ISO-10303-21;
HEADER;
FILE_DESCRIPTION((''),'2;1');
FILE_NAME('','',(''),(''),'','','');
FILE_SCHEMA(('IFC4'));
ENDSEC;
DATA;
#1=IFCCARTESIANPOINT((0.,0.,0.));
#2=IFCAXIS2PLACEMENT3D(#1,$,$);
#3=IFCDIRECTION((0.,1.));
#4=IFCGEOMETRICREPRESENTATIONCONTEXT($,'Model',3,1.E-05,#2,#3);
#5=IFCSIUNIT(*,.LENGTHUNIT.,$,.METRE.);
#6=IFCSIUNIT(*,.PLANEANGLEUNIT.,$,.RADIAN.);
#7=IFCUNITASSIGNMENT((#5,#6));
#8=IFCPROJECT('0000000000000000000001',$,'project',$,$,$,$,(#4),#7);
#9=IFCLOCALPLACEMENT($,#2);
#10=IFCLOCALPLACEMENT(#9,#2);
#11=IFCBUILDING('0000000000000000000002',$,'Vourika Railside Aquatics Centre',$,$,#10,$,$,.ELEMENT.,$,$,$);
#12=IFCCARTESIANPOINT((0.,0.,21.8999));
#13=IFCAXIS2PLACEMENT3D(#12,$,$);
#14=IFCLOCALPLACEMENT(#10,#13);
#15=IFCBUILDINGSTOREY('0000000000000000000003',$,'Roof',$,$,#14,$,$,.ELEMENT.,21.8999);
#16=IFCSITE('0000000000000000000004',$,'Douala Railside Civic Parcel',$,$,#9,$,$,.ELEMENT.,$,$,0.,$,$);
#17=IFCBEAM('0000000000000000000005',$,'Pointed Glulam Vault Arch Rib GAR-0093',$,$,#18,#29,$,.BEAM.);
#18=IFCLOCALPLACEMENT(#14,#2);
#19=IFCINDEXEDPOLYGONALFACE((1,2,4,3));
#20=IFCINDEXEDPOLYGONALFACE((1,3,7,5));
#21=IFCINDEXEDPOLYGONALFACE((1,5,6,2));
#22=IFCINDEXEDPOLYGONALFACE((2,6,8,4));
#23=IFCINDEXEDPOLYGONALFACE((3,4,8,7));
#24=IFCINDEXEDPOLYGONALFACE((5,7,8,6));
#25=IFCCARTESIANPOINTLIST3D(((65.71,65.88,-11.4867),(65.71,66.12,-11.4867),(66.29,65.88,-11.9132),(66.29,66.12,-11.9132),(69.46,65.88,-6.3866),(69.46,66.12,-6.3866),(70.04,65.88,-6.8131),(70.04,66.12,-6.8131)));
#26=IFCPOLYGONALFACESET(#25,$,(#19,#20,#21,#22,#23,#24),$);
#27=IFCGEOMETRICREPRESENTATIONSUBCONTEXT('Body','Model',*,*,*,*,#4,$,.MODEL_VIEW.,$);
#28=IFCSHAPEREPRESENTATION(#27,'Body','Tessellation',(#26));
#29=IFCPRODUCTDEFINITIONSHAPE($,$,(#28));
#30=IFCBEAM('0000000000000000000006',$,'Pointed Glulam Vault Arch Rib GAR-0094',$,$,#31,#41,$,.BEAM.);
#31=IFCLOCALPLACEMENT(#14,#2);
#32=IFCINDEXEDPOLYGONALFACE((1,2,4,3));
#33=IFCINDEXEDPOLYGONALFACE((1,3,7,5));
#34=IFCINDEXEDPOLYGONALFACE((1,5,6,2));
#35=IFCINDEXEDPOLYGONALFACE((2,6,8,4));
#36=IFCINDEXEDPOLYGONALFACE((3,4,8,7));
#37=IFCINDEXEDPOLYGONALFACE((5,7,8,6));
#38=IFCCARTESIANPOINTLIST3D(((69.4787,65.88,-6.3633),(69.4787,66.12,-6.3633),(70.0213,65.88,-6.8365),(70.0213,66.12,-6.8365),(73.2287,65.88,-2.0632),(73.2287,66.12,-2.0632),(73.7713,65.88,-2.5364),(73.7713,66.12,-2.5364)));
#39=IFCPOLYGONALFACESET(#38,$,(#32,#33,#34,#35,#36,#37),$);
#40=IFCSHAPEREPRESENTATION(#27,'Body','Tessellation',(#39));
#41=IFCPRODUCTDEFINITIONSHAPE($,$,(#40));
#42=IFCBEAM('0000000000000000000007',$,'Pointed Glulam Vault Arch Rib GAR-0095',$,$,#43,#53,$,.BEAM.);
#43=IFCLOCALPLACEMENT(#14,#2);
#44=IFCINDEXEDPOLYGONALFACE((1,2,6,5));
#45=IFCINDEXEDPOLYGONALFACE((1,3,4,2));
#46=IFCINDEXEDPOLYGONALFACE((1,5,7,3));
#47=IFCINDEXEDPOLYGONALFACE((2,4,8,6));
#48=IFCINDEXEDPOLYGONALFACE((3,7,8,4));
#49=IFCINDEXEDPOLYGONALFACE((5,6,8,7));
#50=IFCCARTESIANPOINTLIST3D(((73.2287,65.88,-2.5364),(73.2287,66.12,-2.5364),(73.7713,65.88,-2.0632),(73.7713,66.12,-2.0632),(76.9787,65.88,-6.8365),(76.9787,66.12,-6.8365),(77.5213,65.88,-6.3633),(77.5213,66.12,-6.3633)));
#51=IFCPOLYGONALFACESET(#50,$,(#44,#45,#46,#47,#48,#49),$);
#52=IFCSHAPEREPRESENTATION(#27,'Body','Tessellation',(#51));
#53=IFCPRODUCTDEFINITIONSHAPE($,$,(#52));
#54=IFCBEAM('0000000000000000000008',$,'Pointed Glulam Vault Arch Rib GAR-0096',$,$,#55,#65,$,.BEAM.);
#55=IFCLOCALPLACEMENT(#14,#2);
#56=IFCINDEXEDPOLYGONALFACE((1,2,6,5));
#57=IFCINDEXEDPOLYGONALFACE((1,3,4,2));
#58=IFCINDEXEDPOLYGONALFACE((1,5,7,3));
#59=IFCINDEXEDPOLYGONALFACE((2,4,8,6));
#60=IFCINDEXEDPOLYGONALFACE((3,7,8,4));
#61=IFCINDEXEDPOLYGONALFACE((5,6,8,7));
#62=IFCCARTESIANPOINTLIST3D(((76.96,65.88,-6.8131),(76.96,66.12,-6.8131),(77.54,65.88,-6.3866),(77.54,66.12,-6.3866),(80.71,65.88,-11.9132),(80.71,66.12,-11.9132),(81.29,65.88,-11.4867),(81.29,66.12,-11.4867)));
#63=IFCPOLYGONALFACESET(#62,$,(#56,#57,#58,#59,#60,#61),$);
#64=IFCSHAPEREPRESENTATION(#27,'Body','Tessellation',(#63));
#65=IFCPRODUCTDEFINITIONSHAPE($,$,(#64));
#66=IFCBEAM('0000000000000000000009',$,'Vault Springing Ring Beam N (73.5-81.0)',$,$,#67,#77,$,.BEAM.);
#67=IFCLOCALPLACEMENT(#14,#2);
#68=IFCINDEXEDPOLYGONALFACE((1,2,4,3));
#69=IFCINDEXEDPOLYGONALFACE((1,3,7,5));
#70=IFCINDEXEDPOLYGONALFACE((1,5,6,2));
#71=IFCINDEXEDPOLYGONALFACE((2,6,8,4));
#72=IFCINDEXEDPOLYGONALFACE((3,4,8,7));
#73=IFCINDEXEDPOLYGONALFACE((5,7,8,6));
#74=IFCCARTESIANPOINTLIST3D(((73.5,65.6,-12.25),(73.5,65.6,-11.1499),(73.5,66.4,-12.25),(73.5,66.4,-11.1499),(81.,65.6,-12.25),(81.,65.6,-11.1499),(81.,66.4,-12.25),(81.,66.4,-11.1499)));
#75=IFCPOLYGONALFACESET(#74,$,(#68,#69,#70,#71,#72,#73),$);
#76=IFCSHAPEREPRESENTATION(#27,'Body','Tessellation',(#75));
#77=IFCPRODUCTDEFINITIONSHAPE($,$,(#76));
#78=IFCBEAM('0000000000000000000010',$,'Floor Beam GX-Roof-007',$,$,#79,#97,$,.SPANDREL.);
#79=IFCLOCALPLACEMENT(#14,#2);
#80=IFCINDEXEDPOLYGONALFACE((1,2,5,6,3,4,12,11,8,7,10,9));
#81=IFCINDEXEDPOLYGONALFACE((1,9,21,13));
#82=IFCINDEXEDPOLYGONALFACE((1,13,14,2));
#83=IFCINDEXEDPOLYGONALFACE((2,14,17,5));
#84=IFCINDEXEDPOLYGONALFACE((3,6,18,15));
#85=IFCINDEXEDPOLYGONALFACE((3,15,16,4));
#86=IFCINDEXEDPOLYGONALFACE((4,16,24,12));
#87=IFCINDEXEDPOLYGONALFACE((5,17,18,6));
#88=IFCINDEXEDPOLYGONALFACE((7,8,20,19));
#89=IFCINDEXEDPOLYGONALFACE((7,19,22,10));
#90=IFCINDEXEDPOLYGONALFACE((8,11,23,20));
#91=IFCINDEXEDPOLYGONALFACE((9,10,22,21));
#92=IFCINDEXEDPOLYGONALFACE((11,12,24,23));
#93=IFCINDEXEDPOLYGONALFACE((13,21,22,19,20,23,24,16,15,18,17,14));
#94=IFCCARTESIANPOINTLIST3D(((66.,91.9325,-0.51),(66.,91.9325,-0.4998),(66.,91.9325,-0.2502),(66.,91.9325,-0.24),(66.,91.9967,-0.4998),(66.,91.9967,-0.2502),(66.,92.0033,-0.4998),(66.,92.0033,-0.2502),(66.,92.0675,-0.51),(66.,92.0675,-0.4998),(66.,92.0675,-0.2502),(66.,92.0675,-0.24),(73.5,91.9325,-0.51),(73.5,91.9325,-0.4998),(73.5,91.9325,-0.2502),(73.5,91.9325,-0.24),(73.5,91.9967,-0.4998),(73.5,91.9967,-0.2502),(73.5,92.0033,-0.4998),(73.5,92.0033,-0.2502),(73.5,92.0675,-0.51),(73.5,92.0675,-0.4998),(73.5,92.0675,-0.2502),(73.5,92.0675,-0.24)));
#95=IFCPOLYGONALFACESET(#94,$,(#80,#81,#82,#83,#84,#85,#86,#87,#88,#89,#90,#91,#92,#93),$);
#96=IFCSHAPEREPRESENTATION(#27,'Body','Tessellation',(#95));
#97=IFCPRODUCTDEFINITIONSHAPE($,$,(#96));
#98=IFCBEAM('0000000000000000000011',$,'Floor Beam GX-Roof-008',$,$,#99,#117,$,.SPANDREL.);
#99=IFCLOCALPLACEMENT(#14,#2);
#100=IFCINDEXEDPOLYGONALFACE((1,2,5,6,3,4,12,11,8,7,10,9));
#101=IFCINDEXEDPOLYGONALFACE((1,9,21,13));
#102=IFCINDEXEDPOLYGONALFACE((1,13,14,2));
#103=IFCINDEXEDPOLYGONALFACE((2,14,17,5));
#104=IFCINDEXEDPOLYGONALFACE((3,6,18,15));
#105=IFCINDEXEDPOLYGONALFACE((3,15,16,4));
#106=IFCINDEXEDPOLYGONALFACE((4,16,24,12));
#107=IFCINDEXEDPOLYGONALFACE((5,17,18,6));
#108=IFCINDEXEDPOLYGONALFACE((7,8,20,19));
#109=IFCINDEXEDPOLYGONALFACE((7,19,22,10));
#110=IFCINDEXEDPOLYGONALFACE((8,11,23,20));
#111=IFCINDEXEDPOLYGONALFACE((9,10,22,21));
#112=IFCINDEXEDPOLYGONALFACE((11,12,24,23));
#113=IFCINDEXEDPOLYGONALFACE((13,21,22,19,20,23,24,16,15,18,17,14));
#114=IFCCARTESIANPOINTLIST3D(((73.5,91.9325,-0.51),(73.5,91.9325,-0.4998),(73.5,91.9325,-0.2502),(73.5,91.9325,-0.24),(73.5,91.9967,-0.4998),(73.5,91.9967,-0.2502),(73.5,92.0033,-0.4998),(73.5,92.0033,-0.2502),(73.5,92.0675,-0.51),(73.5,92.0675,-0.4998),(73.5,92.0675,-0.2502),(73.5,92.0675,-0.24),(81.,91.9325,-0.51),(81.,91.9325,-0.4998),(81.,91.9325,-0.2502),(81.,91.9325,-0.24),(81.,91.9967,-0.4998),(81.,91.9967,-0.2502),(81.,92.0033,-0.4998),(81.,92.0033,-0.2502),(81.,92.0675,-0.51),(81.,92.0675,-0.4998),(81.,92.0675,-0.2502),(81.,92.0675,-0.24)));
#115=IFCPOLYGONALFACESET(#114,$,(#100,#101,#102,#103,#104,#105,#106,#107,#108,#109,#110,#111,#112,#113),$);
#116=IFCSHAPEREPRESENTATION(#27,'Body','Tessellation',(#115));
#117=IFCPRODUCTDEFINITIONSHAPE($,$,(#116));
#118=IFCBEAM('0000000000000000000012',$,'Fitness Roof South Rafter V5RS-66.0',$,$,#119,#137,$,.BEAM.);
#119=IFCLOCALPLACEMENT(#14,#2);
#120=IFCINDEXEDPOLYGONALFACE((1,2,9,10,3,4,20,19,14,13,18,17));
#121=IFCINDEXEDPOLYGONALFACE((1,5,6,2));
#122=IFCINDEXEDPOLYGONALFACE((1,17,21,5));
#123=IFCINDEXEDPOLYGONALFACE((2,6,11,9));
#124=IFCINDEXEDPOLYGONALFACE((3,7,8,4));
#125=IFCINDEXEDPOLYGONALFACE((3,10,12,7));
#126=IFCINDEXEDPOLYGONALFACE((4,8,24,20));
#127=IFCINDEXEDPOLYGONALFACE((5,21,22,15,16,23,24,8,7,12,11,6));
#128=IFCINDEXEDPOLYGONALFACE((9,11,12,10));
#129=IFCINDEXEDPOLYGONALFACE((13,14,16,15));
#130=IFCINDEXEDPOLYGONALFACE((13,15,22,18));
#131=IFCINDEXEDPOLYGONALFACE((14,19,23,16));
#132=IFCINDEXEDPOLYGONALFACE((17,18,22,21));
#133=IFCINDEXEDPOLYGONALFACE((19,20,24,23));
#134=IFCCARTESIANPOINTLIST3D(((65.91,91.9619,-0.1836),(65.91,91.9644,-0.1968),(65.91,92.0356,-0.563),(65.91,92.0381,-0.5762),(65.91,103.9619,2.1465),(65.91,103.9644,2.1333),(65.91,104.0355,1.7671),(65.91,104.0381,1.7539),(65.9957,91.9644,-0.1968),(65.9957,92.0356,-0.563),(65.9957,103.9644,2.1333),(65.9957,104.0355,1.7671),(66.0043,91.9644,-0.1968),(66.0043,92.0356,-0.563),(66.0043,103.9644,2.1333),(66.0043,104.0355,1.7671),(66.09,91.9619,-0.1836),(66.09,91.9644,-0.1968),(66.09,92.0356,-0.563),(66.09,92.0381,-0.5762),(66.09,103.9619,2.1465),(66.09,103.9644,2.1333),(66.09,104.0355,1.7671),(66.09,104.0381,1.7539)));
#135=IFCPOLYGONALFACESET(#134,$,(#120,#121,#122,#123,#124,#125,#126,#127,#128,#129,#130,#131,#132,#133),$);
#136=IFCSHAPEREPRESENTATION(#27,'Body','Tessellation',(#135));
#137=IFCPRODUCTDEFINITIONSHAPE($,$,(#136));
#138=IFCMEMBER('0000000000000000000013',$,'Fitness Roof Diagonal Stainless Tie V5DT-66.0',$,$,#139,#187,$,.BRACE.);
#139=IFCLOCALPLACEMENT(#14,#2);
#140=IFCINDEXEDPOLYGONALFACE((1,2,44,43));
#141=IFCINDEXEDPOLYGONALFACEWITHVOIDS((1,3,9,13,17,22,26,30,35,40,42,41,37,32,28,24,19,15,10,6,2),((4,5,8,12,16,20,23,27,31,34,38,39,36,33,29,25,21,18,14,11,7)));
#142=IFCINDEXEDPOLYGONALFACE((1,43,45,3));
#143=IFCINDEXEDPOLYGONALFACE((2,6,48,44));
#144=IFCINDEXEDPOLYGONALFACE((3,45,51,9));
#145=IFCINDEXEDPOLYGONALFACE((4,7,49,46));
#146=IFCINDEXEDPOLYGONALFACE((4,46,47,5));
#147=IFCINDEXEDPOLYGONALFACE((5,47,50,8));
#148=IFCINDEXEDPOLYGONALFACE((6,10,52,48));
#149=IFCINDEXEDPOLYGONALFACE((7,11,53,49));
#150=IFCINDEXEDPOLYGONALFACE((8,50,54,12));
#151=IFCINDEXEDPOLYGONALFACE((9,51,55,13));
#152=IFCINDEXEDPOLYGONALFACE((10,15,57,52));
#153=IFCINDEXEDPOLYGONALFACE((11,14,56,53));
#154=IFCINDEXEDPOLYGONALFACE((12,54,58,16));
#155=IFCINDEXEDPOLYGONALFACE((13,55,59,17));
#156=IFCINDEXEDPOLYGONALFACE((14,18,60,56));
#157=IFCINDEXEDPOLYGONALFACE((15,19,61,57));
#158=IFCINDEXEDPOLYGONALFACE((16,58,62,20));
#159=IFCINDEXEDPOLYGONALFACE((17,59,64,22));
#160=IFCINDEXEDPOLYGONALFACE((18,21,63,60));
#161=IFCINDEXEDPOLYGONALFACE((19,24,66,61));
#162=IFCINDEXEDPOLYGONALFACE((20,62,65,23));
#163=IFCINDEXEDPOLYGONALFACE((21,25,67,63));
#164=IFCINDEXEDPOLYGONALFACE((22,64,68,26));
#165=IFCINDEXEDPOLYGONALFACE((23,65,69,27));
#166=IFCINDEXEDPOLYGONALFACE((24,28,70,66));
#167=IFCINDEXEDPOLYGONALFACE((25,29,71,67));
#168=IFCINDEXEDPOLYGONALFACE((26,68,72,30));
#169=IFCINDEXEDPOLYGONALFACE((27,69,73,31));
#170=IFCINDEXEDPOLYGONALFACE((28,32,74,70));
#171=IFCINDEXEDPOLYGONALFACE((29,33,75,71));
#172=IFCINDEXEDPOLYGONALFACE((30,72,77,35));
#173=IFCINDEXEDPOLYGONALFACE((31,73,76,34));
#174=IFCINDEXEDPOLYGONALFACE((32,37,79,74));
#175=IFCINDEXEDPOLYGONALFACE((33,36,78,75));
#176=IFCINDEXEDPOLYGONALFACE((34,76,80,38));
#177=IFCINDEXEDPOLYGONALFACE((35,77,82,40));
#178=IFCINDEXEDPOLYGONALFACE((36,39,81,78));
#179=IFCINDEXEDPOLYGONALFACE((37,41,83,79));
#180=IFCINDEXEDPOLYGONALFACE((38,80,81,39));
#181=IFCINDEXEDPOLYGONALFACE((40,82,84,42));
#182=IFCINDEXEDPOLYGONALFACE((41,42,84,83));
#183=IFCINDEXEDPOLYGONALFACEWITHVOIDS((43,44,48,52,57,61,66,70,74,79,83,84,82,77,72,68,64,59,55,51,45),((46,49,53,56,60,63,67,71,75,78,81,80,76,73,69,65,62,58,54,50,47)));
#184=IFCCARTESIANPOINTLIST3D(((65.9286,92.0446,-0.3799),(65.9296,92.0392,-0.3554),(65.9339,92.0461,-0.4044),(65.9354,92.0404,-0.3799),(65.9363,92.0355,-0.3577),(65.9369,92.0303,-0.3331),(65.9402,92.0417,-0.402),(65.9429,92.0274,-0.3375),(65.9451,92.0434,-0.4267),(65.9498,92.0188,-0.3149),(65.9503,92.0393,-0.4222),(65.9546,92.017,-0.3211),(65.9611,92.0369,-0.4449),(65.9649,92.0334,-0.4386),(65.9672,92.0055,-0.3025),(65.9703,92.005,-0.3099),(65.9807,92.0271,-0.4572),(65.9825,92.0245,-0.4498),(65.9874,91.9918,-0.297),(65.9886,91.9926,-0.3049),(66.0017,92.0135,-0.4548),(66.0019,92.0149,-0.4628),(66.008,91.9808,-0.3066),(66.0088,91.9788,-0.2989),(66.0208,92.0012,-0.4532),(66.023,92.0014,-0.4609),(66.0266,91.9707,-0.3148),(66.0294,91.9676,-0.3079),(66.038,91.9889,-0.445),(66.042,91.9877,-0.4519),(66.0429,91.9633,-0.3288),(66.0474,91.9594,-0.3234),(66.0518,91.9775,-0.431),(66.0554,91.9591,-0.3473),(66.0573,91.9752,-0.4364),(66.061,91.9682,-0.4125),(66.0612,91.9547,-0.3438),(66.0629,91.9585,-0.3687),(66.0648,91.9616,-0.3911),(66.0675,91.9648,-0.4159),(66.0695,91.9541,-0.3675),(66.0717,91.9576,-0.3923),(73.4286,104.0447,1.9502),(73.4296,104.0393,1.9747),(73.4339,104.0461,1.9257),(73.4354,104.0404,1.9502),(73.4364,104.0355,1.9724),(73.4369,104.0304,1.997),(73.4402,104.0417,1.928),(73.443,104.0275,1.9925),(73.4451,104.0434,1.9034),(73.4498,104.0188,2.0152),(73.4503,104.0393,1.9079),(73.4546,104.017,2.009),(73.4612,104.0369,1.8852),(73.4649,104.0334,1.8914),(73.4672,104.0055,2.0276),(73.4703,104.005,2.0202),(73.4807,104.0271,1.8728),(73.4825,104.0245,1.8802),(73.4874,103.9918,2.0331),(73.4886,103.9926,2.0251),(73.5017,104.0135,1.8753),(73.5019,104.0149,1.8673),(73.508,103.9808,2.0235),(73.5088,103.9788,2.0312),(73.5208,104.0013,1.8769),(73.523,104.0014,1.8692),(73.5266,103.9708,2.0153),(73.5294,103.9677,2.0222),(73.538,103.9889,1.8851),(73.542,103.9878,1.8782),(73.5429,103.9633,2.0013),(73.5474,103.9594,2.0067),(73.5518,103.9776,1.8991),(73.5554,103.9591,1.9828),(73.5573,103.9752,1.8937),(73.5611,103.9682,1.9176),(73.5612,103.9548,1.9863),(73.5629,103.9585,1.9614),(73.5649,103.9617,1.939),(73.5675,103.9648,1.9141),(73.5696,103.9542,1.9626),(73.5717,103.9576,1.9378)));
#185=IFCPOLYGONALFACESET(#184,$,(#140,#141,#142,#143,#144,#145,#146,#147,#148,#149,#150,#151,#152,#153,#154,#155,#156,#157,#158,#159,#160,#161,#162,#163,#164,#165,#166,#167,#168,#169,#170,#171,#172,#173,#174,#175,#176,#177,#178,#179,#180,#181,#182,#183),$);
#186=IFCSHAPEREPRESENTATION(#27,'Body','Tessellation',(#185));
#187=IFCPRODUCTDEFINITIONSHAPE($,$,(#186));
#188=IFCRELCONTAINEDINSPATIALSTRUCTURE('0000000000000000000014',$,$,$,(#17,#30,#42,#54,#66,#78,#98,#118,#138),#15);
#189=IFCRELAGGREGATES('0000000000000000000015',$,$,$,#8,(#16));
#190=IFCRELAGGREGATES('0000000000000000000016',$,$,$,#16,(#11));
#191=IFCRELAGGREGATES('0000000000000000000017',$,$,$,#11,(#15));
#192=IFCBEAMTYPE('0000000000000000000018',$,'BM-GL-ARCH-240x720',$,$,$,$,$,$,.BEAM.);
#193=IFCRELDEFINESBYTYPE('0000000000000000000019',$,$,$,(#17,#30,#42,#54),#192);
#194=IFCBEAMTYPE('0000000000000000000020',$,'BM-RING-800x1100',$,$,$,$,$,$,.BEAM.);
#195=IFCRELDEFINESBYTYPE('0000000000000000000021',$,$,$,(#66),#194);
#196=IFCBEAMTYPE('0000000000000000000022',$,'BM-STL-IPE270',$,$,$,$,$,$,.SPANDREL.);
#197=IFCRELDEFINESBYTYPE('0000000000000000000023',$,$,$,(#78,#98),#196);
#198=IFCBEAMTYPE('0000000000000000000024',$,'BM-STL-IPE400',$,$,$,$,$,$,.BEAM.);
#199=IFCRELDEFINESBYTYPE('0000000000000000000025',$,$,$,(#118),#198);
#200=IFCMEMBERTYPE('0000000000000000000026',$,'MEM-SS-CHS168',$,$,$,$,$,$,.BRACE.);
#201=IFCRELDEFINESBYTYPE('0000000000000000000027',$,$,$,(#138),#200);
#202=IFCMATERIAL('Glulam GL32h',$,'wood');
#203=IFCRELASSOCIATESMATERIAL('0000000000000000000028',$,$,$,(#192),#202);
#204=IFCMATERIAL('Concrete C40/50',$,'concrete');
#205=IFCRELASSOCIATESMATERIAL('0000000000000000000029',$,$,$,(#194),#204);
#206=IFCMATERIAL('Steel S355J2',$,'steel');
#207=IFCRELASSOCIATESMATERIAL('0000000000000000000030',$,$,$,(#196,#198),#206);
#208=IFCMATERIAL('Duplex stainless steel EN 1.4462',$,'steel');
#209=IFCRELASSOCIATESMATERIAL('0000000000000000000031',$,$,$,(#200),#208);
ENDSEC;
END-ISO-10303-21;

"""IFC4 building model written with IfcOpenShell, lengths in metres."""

from ifc_helpers import new_model, si_unit, direction, frame, origin, origin_2d, place, context, subcontext, project, spatial, rectangle, hollow_circle, i_section, extrude, material, material_profile, profile_set, type_object, element, save


model = new_model("IFC4")

# Units and contexts
model_context = context("Model", 3, precision=1e-05, world=origin(), true_north=direction((0.0, 1.0)))
body_context = subcontext(model_context, "Body", "Model", "MODEL_VIEW")
ifc_project = project(units=[si_unit("LENGTHUNIT", "METRE"), si_unit("PLANEANGLEUNIT", "RADIAN")], contexts=[model_context])

# Site, building, storey
site_placement = place(None, origin())
site = spatial("IfcSite", under=ifc_project, at=site_placement, Name="Douala Railside Civic Parcel", CompositionType="ELEMENT", RefElevation=0.0)
building_placement = place(site_placement, origin())
building = spatial("IfcBuilding", under=site, at=building_placement, Name="Vourika Railside Aquatics Centre", CompositionType="ELEMENT")
storey_placement = place(building_placement, frame((0.0, 0.0, 21.8999)))
storey = spatial("IfcBuildingStorey", under=building, at=storey_placement, Name="Roof", CompositionType="ELEMENT", Elevation=21.8999)

# Beams
ifc_material_1 = material(Name="Glulam GL32h", Category="wood")
ifc_material_profile_1 = material_profile(ifc_material_1, rectangle(XDim=0.24, YDim=0.72, at=origin_2d()), Name="GL32h 240x720")
ifc_profile_set_1 = profile_set([ifc_material_profile_1], Name="Glulam GL32h")
beam_type_1 = type_object("IfcBeamType", Name="BM-GL-ARCH-240x720", PredefinedType="BEAM", material=ifc_profile_set_1)
beam_1_placement = place(storey_placement, frame((66.0, 66.0, -11.7), z_axis=(0.592383, 0.0, 0.805656), x_axis=(0.0, 1.0, 0.0)))
element("IfcBeam", 1, at=beam_1_placement, inside=storey, type_object=beam_type_1, Name="Pointed Glulam Vault Arch Rib GAR-0093", PredefinedType="BEAM", context=body_context, shape_type="SweptSolid", body=[
    extrude(rectangle(XDim=0.24, YDim=0.72, at=origin_2d()), origin(), (0.0, 0.0, 1.0), 6.3303),
])
for number, where, z_axis, x_axis, name in (
    (2, (69.75, 66.0, -6.5999), (0.657259, 0.0, 0.753665), (0.0, 1.0, 0.0), "Pointed Glulam Vault Arch Rib GAR-0094"),
    (3, (73.5, 66.0, -2.2998), (0.657259, 0.0, -0.753665), (0.0, 1.0, 0.0), "Pointed Glulam Vault Arch Rib GAR-0095"),
):
    element("IfcBeam", number, at=place(storey_placement, frame(where, z_axis=z_axis, x_axis=x_axis)), inside=storey, type_object=beam_type_1, Name=name, PredefinedType="BEAM", context=body_context, shape_type="SweptSolid", body=[
        extrude(rectangle(XDim=0.24, YDim=0.72, at=origin_2d()), origin(), (0.0, 0.0, 1.0), 5.7056),
    ])
beam_2_placement = place(storey_placement, frame((77.25, 66.0, -6.5999), z_axis=(0.592383, 0.0, -0.805656), x_axis=(0.0, 1.0, 0.0)))
element("IfcBeam", 4, at=beam_2_placement, inside=storey, type_object=beam_type_1, Name="Pointed Glulam Vault Arch Rib GAR-0096", PredefinedType="BEAM", context=body_context, shape_type="SweptSolid", body=[
    extrude(rectangle(XDim=0.24, YDim=0.72, at=origin_2d()), origin(), (0.0, 0.0, 1.0), 6.3303),
])
ifc_material_2 = material(Name="Concrete C40/50", Category="concrete")
ifc_material_profile_2 = material_profile(ifc_material_2, rectangle(XDim=0.8, YDim=1.1001, at=origin_2d()), Name="RC 800x1100")
ifc_profile_set_2 = profile_set([ifc_material_profile_2], Name="Concrete C40/50")
beam_type_2 = type_object("IfcBeamType", Name="BM-RING-800x1100", PredefinedType="BEAM", material=ifc_profile_set_2)
beam_3_placement = place(storey_placement, frame((73.5, 66.0, -11.7), z_axis=(1.0, 0.0, 0.0), x_axis=(0.0, 1.0, 0.0)))
element("IfcBeam", 5, at=beam_3_placement, inside=storey, type_object=beam_type_2, Name="Vault Springing Ring Beam N (73.5-81.0)", PredefinedType="BEAM", context=body_context, shape_type="SweptSolid", body=[
    extrude(rectangle(XDim=0.8, YDim=1.1001, at=origin_2d()), origin(), (0.0, 0.0, 1.0), 7.5),
])
ifc_material_3 = material(Name="Steel S355J2", Category="steel")
ifc_material_profile_3 = material_profile(ifc_material_3, i_section(OverallWidth=0.135, OverallDepth=0.27, WebThickness=0.0066, FlangeThickness=0.0103, at=origin_2d()), Name="IPE 270")
ifc_profile_set_3 = profile_set([ifc_material_profile_3], Name="Steel S355J2")
beam_type_3 = type_object("IfcBeamType", Name="BM-STL-IPE270", PredefinedType="SPANDREL", material=ifc_profile_set_3)
for number, where, z_axis, x_axis, name in (
    (6, (66.0, 92.0, -0.375), (1.0, 0.0, 0.0), (0.0, 1.0, 0.0), "Floor Beam GX-Roof-007"),
    (7, (73.5, 92.0, -0.375), (1.0, 0.0, 0.0), (0.0, 1.0, 0.0), "Floor Beam GX-Roof-008"),
):
    element("IfcBeam", number, at=place(storey_placement, frame(where, z_axis=z_axis, x_axis=x_axis)), inside=storey, type_object=beam_type_3, Name=name, PredefinedType="SPANDREL", context=body_context, shape_type="SweptSolid", body=[
        extrude(i_section(OverallWidth=0.135, OverallDepth=0.27, WebThickness=0.0066, FlangeThickness=0.0103, at=origin_2d()), origin(), (0.0, 0.0, 1.0), 7.5),
    ])
ifc_material_profile_4 = material_profile(ifc_material_3, i_section(OverallWidth=0.1799, OverallDepth=0.3999, WebThickness=0.0085, FlangeThickness=0.0134, at=origin_2d()), Name="IPE 400")
ifc_profile_set_4 = profile_set([ifc_material_profile_4], Name="Steel S355J2")
beam_type_4 = type_object("IfcBeamType", Name="BM-STL-IPE400", PredefinedType="BEAM", material=ifc_profile_set_4)
beam_4_placement = place(storey_placement, frame((66.0, 92.0, -0.3799), z_axis=(0.0, 0.981665, 0.190613), x_axis=(-1.0, 0.0, 0.0)))
element("IfcBeam", 8, at=beam_4_placement, inside=storey, type_object=beam_type_4, Name="Fitness Roof South Rafter V5RS-66.0", PredefinedType="BEAM", context=body_context, shape_type="SweptSolid", body=[
    extrude(i_section(OverallWidth=0.1799, OverallDepth=0.3999, WebThickness=0.0085, FlangeThickness=0.0134, at=origin_2d()), origin(), (0.0, 0.0, 1.0), 12.2241),
])

# Member
ifc_material_4 = material(Name="Duplex stainless steel EN 1.4462", Category="steel")
ifc_material_profile_5 = material_profile(ifc_material_4, hollow_circle(Radius=0.0842, WallThickness=0.0081, at=origin_2d()), Name="CHS 168.3x8")
ifc_profile_set_5 = profile_set([ifc_material_profile_5], Name="Duplex stainless steel EN 1.4462")
member_type = type_object("IfcMemberType", Name="MEM-SS-CHS168", PredefinedType="BRACE", material=ifc_profile_set_5)
member_placement = place(storey_placement, frame((66.0, 92.0, -0.3799), z_axis=(0.522957, 0.836731, 0.162471), x_axis=(-0.847998, 0.529999, 0.0)))
element("IfcMember", 9, at=member_placement, inside=storey, type_object=member_type, Name="Fitness Roof Diagonal Stainless Tie V5DT-66.0", PredefinedType="BRACE", context=body_context, shape_type="SweptSolid", body=[
    extrude(hollow_circle(Radius=0.0842, WallThickness=0.0081, at=origin_2d()), origin(), (0.0, 0.0, 1.0), 14.3416),
])

save(model, "model.ifc")
